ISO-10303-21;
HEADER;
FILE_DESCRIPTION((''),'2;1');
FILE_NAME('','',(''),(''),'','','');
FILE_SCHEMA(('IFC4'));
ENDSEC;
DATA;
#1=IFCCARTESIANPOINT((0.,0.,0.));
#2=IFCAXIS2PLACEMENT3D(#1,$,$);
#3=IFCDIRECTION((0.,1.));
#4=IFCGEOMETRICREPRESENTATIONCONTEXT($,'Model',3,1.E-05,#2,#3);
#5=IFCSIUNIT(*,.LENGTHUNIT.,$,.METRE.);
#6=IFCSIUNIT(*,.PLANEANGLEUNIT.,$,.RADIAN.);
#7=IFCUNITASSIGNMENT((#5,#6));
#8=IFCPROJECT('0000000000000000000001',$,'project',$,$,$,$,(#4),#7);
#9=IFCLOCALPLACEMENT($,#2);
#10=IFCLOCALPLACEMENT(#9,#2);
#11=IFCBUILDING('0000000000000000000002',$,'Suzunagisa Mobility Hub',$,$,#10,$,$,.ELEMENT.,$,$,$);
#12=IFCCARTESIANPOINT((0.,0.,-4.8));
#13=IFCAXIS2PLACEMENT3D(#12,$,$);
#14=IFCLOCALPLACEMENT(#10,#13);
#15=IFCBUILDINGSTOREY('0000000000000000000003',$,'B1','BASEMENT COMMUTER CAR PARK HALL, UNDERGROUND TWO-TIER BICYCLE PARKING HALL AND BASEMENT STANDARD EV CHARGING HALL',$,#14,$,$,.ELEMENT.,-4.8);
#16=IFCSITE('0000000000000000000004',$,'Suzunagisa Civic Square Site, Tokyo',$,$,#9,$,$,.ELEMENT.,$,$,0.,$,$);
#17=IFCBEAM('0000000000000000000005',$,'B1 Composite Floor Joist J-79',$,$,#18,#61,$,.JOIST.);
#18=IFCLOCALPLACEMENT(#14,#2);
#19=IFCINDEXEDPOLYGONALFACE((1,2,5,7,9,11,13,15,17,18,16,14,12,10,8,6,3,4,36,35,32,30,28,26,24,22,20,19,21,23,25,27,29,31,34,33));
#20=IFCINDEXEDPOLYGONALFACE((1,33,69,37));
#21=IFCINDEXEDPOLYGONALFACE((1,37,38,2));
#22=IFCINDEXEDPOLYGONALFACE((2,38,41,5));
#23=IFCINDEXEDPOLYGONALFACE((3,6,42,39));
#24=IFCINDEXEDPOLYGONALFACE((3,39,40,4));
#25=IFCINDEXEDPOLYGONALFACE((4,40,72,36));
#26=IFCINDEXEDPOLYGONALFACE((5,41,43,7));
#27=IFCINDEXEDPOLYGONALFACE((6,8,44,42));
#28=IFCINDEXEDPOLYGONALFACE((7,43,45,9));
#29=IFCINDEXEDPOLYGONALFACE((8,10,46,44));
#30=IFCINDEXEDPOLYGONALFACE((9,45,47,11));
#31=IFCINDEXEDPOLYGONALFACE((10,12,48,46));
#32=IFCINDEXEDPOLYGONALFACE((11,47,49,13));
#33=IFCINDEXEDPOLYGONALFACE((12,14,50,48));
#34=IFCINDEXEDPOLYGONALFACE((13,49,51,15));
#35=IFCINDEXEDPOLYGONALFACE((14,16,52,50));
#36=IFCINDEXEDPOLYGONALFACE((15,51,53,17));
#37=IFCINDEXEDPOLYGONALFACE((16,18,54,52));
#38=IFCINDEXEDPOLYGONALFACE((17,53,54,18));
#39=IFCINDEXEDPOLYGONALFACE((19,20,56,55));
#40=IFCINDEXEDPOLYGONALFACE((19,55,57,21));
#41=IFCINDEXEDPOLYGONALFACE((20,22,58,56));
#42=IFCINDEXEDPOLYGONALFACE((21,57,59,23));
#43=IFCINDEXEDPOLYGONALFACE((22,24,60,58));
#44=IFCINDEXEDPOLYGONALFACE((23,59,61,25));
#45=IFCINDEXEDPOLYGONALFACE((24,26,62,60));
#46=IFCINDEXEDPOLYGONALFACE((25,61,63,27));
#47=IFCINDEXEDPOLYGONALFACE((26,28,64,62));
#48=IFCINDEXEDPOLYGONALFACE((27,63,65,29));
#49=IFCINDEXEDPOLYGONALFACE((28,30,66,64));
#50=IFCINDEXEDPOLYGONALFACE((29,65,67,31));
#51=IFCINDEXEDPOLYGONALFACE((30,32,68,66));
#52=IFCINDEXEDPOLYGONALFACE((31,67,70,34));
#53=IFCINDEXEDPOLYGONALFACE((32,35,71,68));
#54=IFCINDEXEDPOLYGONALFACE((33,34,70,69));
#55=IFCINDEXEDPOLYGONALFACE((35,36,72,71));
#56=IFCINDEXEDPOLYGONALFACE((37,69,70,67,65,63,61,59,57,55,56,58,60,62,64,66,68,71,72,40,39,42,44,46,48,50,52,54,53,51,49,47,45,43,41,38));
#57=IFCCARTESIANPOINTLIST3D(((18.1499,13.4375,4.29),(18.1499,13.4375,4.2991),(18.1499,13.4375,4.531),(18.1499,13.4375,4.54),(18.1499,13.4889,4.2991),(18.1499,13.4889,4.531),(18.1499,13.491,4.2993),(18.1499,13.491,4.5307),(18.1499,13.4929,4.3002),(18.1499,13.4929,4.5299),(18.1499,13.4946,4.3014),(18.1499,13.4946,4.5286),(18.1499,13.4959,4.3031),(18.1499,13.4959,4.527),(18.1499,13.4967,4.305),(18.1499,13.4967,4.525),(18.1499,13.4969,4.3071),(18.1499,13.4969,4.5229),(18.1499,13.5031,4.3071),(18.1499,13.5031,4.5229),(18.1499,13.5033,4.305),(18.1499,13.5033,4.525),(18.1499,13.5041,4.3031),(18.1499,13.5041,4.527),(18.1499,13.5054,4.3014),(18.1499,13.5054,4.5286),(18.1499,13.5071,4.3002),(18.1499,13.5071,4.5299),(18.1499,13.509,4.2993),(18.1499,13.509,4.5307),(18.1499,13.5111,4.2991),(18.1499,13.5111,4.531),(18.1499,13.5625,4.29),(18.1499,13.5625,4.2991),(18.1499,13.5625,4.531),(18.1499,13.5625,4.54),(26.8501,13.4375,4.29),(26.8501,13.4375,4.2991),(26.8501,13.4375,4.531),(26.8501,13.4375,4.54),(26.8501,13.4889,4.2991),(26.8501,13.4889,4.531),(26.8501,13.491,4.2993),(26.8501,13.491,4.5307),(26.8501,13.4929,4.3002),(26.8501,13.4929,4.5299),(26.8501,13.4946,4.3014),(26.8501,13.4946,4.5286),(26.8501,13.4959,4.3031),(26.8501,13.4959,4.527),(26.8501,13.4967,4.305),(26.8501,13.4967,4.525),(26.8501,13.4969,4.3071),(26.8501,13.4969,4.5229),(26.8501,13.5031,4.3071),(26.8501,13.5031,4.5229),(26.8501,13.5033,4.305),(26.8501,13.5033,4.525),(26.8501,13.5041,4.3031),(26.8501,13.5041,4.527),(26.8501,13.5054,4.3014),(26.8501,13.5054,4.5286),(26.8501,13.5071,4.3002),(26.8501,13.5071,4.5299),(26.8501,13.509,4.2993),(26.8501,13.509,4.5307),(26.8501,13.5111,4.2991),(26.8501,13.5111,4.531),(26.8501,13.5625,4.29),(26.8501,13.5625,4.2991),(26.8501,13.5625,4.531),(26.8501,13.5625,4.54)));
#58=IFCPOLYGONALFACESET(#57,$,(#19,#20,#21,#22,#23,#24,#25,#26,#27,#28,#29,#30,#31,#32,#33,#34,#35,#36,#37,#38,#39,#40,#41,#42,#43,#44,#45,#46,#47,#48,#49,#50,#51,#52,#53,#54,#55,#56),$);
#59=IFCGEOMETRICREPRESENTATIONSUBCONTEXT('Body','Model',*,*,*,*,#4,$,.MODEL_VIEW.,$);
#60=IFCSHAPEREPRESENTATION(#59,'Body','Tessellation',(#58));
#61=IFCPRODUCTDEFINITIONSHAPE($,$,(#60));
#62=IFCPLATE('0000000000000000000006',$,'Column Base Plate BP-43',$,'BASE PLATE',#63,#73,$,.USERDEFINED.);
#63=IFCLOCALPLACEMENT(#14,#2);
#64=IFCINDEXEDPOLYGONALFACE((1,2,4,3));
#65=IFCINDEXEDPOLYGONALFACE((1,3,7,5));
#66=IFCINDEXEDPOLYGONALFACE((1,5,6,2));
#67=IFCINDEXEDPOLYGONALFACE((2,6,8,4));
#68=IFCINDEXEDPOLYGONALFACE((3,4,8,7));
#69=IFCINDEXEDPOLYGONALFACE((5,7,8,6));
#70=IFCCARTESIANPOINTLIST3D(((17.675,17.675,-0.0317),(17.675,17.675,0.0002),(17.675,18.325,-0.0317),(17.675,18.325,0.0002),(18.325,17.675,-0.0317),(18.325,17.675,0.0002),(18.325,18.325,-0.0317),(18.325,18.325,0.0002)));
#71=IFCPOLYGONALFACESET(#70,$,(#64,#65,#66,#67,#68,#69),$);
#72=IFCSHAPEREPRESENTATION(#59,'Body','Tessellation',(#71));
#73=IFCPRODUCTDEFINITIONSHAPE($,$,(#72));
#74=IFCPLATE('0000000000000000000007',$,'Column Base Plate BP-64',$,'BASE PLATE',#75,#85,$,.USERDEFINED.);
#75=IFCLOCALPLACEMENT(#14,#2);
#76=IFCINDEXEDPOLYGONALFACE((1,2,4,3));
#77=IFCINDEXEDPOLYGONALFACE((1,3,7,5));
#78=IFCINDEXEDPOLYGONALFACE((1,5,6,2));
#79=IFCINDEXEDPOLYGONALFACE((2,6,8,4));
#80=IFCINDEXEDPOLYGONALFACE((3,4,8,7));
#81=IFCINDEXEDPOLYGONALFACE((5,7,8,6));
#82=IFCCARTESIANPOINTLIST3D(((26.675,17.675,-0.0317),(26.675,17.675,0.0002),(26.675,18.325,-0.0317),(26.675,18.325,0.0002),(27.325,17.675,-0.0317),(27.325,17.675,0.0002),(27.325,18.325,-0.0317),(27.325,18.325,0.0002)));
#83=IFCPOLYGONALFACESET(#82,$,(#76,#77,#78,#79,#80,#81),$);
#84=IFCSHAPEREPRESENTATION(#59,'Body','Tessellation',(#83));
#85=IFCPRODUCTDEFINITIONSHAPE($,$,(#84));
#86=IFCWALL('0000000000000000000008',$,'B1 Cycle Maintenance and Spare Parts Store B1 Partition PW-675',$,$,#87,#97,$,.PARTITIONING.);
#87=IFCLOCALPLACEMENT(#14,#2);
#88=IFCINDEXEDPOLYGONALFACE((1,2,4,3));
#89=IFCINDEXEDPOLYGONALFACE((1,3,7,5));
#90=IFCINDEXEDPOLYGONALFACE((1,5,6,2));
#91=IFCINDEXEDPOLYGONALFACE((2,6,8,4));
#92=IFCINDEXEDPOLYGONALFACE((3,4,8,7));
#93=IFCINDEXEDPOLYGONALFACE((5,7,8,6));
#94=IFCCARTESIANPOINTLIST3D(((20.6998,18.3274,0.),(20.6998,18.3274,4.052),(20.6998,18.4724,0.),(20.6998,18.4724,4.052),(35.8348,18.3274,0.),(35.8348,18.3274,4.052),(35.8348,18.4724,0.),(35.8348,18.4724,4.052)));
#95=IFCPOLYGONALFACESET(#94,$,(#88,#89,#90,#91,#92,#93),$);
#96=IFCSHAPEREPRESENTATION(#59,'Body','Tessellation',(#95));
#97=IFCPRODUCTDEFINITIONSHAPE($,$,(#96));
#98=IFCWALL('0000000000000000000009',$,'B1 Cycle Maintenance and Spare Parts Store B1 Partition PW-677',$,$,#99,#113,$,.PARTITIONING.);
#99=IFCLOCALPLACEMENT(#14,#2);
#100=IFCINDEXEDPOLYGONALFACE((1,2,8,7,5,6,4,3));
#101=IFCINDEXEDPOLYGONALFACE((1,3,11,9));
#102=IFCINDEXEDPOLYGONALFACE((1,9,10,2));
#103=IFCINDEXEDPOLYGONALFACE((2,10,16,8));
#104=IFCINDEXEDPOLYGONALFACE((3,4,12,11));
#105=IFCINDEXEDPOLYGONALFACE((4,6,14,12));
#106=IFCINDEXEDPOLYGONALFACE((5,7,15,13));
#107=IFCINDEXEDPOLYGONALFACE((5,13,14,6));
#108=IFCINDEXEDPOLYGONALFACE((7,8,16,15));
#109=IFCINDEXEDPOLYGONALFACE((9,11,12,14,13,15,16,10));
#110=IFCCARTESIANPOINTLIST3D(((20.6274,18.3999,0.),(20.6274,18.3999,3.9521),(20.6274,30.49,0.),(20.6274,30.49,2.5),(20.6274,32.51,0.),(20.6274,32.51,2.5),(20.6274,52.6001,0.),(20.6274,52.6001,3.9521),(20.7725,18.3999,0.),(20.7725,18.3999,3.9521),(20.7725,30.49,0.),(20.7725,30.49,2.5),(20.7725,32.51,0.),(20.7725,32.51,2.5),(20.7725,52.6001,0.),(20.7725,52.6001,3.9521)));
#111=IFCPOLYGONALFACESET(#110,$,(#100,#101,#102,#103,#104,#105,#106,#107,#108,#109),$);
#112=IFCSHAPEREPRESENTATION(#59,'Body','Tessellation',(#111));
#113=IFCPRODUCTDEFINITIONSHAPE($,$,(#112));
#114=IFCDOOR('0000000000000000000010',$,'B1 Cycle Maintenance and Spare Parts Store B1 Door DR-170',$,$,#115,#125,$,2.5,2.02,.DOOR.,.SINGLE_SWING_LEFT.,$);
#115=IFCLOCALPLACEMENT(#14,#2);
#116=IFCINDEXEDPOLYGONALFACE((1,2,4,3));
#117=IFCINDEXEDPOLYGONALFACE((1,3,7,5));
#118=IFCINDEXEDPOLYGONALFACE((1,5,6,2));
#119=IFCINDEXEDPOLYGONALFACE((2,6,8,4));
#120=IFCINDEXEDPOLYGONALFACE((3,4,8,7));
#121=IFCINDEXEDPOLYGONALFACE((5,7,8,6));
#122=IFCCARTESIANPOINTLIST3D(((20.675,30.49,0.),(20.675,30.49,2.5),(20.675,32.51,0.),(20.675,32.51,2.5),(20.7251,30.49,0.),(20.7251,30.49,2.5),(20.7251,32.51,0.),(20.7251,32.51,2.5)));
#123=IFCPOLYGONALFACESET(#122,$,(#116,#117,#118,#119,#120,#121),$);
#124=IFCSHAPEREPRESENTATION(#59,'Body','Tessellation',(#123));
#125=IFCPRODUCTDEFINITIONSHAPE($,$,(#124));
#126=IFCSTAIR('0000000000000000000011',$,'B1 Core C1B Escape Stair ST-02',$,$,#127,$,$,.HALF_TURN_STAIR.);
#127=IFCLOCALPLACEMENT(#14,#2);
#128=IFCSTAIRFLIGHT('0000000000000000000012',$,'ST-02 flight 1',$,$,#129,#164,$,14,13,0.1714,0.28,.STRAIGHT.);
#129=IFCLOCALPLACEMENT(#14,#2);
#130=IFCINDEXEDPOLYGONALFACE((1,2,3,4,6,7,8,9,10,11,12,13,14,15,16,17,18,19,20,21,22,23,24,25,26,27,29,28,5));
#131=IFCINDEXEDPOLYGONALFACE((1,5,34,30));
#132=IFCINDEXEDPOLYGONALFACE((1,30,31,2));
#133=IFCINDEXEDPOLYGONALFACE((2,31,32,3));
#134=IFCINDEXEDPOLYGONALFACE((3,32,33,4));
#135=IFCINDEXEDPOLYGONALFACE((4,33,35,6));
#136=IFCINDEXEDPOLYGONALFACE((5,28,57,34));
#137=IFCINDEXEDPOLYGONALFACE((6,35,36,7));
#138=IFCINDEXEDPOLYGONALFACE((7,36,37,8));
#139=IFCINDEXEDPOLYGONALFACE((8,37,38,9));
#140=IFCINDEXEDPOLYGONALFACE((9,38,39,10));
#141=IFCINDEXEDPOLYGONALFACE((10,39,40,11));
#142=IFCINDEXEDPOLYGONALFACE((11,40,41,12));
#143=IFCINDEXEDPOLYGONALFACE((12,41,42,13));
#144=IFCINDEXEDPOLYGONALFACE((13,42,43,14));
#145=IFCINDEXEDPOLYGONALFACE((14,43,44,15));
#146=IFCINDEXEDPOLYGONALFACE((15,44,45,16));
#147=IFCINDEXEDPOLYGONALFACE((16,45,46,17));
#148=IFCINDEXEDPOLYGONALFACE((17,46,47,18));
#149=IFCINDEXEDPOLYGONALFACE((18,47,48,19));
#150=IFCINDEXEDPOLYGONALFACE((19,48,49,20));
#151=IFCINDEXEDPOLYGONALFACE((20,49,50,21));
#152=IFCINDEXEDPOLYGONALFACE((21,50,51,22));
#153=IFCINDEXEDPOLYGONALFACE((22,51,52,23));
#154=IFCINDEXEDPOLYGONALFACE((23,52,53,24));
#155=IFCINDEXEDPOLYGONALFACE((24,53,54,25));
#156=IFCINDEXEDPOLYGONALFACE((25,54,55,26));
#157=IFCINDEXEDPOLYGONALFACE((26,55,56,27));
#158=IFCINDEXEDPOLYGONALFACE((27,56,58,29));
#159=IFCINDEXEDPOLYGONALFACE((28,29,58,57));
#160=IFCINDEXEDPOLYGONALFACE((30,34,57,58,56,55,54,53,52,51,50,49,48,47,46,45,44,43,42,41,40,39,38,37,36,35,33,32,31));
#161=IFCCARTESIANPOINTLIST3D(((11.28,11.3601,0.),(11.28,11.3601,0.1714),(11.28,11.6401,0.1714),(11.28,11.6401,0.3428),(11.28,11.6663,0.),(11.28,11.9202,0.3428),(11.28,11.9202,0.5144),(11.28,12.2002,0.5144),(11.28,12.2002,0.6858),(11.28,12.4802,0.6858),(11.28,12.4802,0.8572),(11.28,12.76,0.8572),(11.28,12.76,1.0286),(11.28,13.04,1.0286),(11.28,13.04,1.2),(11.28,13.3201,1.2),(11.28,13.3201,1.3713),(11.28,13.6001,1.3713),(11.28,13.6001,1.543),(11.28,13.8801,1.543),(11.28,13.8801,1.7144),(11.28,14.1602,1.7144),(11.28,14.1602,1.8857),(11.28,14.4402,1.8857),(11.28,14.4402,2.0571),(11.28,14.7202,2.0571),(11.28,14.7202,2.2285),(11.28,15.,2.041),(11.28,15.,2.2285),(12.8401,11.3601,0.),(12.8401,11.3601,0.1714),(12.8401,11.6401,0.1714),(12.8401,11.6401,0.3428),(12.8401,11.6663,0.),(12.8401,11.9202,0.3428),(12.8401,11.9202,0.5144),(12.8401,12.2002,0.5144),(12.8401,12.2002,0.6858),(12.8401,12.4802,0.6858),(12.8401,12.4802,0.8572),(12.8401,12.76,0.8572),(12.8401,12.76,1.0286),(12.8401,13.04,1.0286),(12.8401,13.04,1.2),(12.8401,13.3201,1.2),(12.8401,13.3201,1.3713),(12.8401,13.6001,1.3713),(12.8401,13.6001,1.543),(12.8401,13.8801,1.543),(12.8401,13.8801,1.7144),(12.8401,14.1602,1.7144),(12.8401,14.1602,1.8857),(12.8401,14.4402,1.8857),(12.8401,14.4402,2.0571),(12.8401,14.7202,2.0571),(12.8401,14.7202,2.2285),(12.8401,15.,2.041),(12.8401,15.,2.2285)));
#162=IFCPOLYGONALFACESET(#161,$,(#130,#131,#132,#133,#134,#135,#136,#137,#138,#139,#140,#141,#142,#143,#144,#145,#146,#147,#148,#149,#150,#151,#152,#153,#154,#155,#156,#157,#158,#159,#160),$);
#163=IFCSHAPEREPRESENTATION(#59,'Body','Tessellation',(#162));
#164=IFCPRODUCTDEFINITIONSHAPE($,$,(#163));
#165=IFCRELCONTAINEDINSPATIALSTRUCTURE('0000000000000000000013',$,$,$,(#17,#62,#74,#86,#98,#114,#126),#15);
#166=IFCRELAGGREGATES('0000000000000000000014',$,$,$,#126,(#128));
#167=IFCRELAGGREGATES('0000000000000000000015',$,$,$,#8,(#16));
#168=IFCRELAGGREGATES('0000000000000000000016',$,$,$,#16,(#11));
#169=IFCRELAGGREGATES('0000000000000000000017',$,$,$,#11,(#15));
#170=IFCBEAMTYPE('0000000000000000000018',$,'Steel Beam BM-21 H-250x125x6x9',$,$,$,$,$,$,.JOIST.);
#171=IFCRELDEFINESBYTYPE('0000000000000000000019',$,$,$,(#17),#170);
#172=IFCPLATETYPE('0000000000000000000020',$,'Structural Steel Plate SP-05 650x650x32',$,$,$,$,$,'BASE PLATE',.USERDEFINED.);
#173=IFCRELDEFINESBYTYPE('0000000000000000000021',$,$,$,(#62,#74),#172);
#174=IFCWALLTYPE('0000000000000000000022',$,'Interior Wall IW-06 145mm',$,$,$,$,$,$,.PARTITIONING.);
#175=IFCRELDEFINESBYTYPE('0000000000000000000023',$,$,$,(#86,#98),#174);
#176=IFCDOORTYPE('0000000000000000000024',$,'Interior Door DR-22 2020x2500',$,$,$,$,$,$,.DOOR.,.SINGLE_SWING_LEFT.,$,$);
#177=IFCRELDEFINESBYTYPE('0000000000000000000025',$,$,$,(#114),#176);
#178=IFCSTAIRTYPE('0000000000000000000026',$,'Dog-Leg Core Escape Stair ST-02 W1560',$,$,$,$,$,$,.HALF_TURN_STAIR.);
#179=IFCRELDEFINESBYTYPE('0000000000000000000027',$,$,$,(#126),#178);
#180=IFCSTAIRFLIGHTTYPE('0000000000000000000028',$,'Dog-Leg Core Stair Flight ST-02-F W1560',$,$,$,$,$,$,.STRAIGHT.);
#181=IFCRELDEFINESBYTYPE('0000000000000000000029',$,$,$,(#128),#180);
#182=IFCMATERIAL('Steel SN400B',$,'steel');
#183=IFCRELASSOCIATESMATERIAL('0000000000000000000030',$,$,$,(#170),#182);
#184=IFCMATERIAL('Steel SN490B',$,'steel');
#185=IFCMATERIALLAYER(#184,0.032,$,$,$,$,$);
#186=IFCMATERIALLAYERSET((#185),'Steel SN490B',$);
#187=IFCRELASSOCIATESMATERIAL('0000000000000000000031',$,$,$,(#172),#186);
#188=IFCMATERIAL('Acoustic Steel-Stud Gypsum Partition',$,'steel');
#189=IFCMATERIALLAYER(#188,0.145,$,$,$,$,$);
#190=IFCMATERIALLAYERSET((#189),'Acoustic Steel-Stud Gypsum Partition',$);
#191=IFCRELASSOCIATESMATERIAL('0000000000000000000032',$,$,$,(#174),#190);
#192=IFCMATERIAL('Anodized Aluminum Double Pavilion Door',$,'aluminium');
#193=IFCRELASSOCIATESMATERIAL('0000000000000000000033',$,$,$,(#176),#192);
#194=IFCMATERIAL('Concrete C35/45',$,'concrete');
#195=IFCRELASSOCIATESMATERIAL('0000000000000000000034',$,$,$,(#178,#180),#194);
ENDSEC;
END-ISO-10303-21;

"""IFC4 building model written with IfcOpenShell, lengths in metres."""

from ifc_helpers import new_model, si_unit, direction, frame, frame_2d, origin, origin_2d, place, context, subcontext, project, spatial, polyline, rectangle, i_section, outline, extrude, material, layer, layer_set, material_profile, profile_set, type_object, element, fill, aggregate, save


model = new_model("IFC4")

# Units and contexts
model_context = context("Model", 3, precision=1e-05, world=origin(), true_north=direction((0.0, 1.0)))
body_context = subcontext(model_context, "Body", "Model", "MODEL_VIEW")
ifc_project = project(units=[si_unit("LENGTHUNIT", "METRE"), si_unit("PLANEANGLEUNIT", "RADIAN")], contexts=[model_context])

# Site, building, storey
site_placement = place(None, origin())
site = spatial("IfcSite", under=ifc_project, at=site_placement, Name="Suzunagisa Civic Square Site, Tokyo", CompositionType="ELEMENT", RefElevation=0.0)
building_placement = place(site_placement, origin())
building = spatial("IfcBuilding", under=site, at=building_placement, Name="Suzunagisa Mobility Hub", CompositionType="ELEMENT")
storey_placement = place(building_placement, frame((0.0, 0.0, -4.8)))
storey = spatial("IfcBuildingStorey", under=building, at=storey_placement, Name="B1", Description="BASEMENT COMMUTER CAR PARK HALL, UNDERGROUND TWO-TIER BICYCLE PARKING HALL AND BASEMENT STANDARD EV CHARGING HALL", CompositionType="ELEMENT", Elevation=-4.8)

# Shared definitions
ifc_material_1 = material(Name="Concrete C35/45", Category="concrete")

# Shared definitions
ifc_material_2 = material(Name="Steel SN490B", Category="steel")

# Beam
ifc_material_3 = material(Name="Steel SN400B", Category="steel")
ifc_material_profile_1 = material_profile(ifc_material_3, i_section(OverallWidth=0.125, OverallDepth=0.25, WebThickness=0.0061, FlangeThickness=0.009, FilletRadius=0.0081, at=origin_2d()), Name="H-250x125x6x9")
ifc_profile_set_1 = profile_set([ifc_material_profile_1], Name="Steel SN400B")
beam_type_1 = type_object("IfcBeamType", Name="Steel Beam BM-21 H-250x125x6x9", PredefinedType="JOIST", material=ifc_profile_set_1)
beam_1_placement = place(storey_placement, frame((18.1499, 13.5, 4.415), z_axis=(1.0, 0.0, 0.0), x_axis=(0.0, 1.0, 0.0)))
element("IfcBeam", 1, at=beam_1_placement, inside=storey, type_object=beam_type_1, Name="B1 Composite Floor Joist J-79", PredefinedType="JOIST", context=body_context, shape_type="SweptSolid", body=[
    extrude(i_section(OverallWidth=0.125, OverallDepth=0.25, WebThickness=0.0061, FlangeThickness=0.009, FilletRadius=0.0081, at=origin_2d()), origin(), (0.0, 0.0, 1.0), 8.7002),
])

# Plates
ifc_layer_1 = layer(ifc_material_2, 0.032)
ifc_layer_set_1 = layer_set([ifc_layer_1], Name="Steel SN490B")
plate_type = type_object("IfcPlateType", Name="Structural Steel Plate SP-05 650x650x32", ElementType="BASE PLATE", PredefinedType="USERDEFINED", material=ifc_layer_set_1)
for number, where, z_axis, x_axis, name in (
    (2, (18.0, 18.0, -0.0317), (0.0, 0.0, 1.0), (1.0, 0.0, 0.0), "Column Base Plate BP-43"),
    (3, (27.0, 18.0, -0.0317), (0.0, 0.0, 1.0), (1.0, 0.0, 0.0), "Column Base Plate BP-64"),
):
    element("IfcPlate", number, at=place(storey_placement, frame(where, z_axis=z_axis, x_axis=x_axis)), inside=storey, type_object=plate_type, Name=name, ObjectType="BASE PLATE", PredefinedType="USERDEFINED", context=body_context, shape_type="SweptSolid", body=[
        extrude(rectangle(XDim=0.6499, YDim=0.6499, at=origin_2d()), origin(), (0.0, 0.0, 1.0), 0.032),
    ])

# Wall
ifc_material_4 = material(Name="Acoustic Steel-Stud Gypsum Partition", Category="steel")
ifc_layer_2 = layer(ifc_material_4, 0.145)
ifc_layer_set_2 = layer_set([ifc_layer_2], Name="Acoustic Steel-Stud Gypsum Partition")
wall_type_1 = type_object("IfcWallType", Name="Interior Wall IW-06 145mm", PredefinedType="PARTITIONING", material=ifc_layer_set_2)
wall_1_placement = place(storey_placement, frame((20.7, 18.3999, 0.0), z_axis=(0.0, 0.0, 1.0), x_axis=(1.0, 0.0, 0.0)))
element("IfcWall", 4, at=wall_1_placement, inside=storey, type_object=wall_type_1, Name="B1 Cycle Maintenance and Spare Parts Store B1 Partition PW-675", PredefinedType="PARTITIONING", context=body_context, shape_type="SweptSolid", body=[
    extrude(rectangle(XDim=15.135, YDim=0.145, at=frame_2d((7.5674, 0.0))), origin(), (0.0, 0.0, 1.0), 4.052),
])

# Wall, opening, door
wall_2_placement = place(storey_placement, frame((20.7, 18.3999, 0.0), z_axis=(0.0, 0.0, 1.0), x_axis=(0.0, 1.0, 0.0)))
wall_2 = element("IfcWall", 5, at=wall_2_placement, inside=storey, type_object=wall_type_1, Name="B1 Cycle Maintenance and Spare Parts Store B1 Partition PW-677", PredefinedType="PARTITIONING", context=body_context, shape_type="SweptSolid", body=[
    extrude(rectangle(XDim=34.2002, YDim=0.145, at=frame_2d((17.1001, 0.0))), origin(), (0.0, 0.0, 1.0), 3.9521),
])
opening_1_placement = place(wall_2_placement, frame((12.0901, 0.0, 0.0)))
opening_1 = element("IfcOpeningElement", 6, at=opening_1_placement, cuts=wall_2, PredefinedType="OPENING", context=body_context, shape_type="SweptSolid", body=[
    extrude(rectangle(XDim=2.02, YDim=2.5, at=frame_2d((1.01, 1.25))), frame((0.0, 0.0835, 0.0), z_axis=(0.0, -1.0, 0.0), x_axis=(1.0, 0.0, 0.0)), (0.0, 0.0, 1.0), 0.167),
])
ifc_material_5 = material(Name="Anodized Aluminum Double Pavilion Door", Category="aluminium")
door_type_1 = type_object("IfcDoorType", Name="Interior Door DR-22 2020x2500", OperationType="SINGLE_SWING_LEFT", PredefinedType="DOOR", material=ifc_material_5)
door_1_placement = place(opening_1_placement, origin())
door_1 = element("IfcDoor", 7, at=door_1_placement, inside=storey, type_object=door_type_1, Name="B1 Cycle Maintenance and Spare Parts Store B1 Door DR-170", OperationType="SINGLE_SWING_LEFT", OverallHeight=2.5, OverallWidth=2.02, PredefinedType="DOOR", context=body_context, shape_type="SweptSolid", body=[
    extrude(rectangle(XDim=2.02, YDim=2.5, at=frame_2d((1.01, 1.25))), frame((0.0, 0.0249, 0.0), z_axis=(0.0, -1.0, 0.0), x_axis=(1.0, 0.0, 0.0)), (0.0, 0.0, 1.0), 0.05),
])
fill(opening_1, door_1)

# Stair, stair flight
stair_type = type_object("IfcStairType", Name="Dog-Leg Core Escape Stair ST-02 W1560", PredefinedType="HALF_TURN_STAIR", material=ifc_material_1)
stair_placement = place(storey_placement, origin())
stair = element("IfcStair", 8, at=stair_placement, inside=storey, type_object=stair_type, Name="B1 Core C1B Escape Stair ST-02", PredefinedType="HALF_TURN_STAIR")
stair_flight_type = type_object("IfcStairFlightType", Name="Dog-Leg Core Stair Flight ST-02-F W1560", PredefinedType="STRAIGHT", material=ifc_material_1)
stair_flight_placement = place(storey_placement, frame((12.0601, 11.3601, 0.0), z_axis=(0.0, 0.0, 1.0), x_axis=(0.0, 1.0, 0.0)))
stair_flight = element("IfcStairFlight", 9, at=stair_flight_placement, type_object=stair_flight_type, Name="ST-02 flight 1", NumberOfRisers=14, NumberOfTreads=13, PredefinedType="STRAIGHT", RiserHeight=0.1714, TreadLength=0.28, context=body_context, shape_type="SweptSolid", body=[
    extrude(outline(polyline([(0.0, 0.0), (0.0, 0.1714), (0.28, 0.1714), (0.28, 0.3428), (0.5601, 0.3428), (0.5601, 0.5144), (0.8401, 0.5144), (0.8401, 0.6858), (1.1201, 0.6858), (1.1201, 0.8572), (1.3999, 0.8572), (1.3999, 1.0286), (1.6799, 1.0286), (1.6799, 1.2), (1.96, 1.2), (1.96, 1.3713), (2.24, 1.3713), (2.24, 1.543), (2.52, 1.543), (2.52, 1.7144), (2.8, 1.7144), (2.8, 1.8857), (3.0801, 1.8857), (3.0801, 2.0571), (3.3601, 2.0571), (3.3601, 2.2285), (3.6399, 2.2285), (3.6399, 2.3999), (3.6399, 2.041), (0.3062, 0.0), (0.0, 0.0)])), frame((0.0, 0.78, 0.0), z_axis=(0.0, -1.0, 0.0), x_axis=(1.0, 0.0, 0.0)), (0.0, 0.0, 1.0), 1.5601),
])
aggregate(stair, [stair_flight])

save(model, "model.ifc")
